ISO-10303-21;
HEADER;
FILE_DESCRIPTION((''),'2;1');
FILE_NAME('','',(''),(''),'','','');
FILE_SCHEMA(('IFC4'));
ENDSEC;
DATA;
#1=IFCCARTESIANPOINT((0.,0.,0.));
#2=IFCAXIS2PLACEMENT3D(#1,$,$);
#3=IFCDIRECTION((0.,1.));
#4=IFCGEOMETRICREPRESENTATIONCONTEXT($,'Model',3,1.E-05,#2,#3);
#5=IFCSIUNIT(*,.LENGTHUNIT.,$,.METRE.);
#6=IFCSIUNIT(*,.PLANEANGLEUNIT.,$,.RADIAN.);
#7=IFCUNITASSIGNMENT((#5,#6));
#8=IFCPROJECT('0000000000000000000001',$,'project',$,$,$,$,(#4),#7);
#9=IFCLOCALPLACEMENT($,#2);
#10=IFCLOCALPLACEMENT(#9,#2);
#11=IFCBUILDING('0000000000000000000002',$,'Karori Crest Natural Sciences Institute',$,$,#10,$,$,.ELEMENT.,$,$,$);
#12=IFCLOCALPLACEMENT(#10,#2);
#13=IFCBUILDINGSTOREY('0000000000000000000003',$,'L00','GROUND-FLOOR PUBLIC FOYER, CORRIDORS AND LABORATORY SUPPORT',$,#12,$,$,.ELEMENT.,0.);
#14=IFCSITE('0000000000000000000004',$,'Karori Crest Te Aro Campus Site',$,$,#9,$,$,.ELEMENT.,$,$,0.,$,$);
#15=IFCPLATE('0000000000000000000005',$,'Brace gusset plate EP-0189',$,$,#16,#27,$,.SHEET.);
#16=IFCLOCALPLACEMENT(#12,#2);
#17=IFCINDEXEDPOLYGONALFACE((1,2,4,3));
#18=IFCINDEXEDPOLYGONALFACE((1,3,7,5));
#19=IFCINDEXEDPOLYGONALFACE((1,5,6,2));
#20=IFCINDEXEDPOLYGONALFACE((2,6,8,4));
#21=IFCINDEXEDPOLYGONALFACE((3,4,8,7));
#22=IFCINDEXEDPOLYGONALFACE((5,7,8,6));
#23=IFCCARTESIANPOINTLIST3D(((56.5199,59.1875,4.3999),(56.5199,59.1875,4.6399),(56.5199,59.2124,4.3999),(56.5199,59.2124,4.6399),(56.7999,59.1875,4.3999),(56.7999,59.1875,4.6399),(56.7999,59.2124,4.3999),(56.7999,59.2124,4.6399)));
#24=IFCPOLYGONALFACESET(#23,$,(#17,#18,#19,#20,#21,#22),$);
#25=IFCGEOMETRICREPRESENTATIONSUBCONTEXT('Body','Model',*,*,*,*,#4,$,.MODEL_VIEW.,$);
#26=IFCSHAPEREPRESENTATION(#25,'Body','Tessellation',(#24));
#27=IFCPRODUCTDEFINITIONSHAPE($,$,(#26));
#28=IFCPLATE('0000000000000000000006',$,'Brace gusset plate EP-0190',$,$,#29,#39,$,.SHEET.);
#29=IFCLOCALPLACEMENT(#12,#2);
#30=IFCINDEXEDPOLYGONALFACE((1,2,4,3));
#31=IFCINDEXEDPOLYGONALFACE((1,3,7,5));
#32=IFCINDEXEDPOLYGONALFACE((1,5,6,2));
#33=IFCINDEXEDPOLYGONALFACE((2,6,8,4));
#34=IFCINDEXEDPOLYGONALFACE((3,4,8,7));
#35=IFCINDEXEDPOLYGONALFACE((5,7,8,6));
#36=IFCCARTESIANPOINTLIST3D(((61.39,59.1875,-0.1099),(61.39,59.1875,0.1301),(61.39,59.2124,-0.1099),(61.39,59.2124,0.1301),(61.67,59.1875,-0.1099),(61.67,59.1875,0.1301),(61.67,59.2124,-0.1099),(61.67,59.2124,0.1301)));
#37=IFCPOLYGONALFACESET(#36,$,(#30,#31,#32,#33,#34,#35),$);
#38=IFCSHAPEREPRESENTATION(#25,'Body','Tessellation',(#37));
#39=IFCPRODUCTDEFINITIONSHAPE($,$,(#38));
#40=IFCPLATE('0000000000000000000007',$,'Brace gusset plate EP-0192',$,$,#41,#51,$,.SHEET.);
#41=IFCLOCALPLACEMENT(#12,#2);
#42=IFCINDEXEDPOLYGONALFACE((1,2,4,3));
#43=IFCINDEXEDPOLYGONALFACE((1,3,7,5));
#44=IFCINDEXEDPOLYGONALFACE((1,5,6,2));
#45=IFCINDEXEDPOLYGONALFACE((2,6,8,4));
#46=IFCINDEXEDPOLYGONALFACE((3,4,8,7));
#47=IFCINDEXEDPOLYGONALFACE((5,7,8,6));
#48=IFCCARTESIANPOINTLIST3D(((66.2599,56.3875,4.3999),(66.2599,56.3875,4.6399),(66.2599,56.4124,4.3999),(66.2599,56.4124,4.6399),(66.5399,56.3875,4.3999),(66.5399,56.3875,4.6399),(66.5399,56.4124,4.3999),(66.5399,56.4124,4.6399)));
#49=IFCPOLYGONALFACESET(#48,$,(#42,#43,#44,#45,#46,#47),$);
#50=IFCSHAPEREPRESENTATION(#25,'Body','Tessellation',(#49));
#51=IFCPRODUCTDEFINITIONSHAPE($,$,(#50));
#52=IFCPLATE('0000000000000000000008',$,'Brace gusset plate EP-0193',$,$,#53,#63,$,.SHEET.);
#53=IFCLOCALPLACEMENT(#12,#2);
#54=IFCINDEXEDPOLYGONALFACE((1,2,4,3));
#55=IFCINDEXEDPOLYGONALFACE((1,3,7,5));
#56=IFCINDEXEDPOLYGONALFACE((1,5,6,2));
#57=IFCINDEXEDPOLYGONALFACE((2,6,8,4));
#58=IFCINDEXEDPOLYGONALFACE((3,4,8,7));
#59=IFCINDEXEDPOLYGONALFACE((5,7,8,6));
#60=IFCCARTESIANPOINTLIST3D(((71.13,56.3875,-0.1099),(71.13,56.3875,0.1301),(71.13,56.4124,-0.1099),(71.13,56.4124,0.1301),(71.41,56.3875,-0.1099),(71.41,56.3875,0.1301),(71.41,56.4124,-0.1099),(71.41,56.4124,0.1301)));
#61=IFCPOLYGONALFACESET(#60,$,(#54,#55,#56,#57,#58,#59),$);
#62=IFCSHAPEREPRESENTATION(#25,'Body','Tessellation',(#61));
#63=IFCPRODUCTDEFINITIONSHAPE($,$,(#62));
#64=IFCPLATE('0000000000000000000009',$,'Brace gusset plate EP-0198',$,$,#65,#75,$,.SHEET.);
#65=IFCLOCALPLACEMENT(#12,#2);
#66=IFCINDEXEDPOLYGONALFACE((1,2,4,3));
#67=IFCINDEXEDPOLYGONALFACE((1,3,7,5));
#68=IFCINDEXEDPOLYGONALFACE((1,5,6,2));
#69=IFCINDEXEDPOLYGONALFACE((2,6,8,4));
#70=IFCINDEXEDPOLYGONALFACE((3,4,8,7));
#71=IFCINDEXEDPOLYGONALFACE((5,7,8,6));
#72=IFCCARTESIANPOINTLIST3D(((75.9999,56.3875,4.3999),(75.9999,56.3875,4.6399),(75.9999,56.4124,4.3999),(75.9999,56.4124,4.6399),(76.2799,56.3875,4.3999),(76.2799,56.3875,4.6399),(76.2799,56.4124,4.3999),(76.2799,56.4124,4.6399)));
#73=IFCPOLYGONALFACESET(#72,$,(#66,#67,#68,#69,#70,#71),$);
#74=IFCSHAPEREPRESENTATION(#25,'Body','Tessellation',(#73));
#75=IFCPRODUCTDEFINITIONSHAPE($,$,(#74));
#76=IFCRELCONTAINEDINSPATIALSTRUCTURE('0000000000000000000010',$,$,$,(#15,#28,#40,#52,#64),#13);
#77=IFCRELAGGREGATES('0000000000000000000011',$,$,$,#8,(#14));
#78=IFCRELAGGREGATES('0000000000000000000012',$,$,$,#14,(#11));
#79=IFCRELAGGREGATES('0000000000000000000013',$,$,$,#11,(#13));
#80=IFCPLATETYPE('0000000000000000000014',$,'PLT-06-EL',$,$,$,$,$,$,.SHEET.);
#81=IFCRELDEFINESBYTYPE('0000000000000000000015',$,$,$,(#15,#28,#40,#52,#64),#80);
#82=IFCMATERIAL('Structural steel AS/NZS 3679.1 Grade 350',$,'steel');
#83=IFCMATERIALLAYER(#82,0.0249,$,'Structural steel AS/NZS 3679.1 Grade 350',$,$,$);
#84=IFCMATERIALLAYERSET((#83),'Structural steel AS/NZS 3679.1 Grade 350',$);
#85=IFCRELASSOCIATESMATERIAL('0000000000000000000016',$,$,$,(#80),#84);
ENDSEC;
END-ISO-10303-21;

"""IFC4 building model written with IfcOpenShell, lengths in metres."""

from ifc_helpers import new_model, si_unit, direction, frame, origin, origin_2d, place, context, subcontext, project, spatial, rectangle, extrude, material, layer, layer_set, type_object, element, save


model = new_model("IFC4")

# Units and contexts
model_context = context("Model", 3, precision=1e-05, world=origin(), true_north=direction((0.0, 1.0)))
body_context = subcontext(model_context, "Body", "Model", "MODEL_VIEW")
ifc_project = project(units=[si_unit("LENGTHUNIT", "METRE"), si_unit("PLANEANGLEUNIT", "RADIAN")], contexts=[model_context])

# Site, building, storey
site_placement = place(None, origin())
site = spatial("IfcSite", under=ifc_project, at=site_placement, Name="Karori Crest Te Aro Campus Site", CompositionType="ELEMENT", RefElevation=0.0)
building_placement = place(site_placement, origin())
building = spatial("IfcBuilding", under=site, at=building_placement, Name="Karori Crest Natural Sciences Institute", CompositionType="ELEMENT")
storey_placement = place(building_placement, origin())
storey = spatial("IfcBuildingStorey", under=building, at=storey_placement, Name="L00", Description="GROUND-FLOOR PUBLIC FOYER, CORRIDORS AND LABORATORY SUPPORT", CompositionType="ELEMENT", Elevation=0.0)

# Shared definitions
ifc_material_1 = material(Name="Structural steel AS/NZS 3679.1 Grade 350", Category="steel")

# Plates
ifc_layer = layer(ifc_material_1, 0.0249, Name="Structural steel AS/NZS 3679.1 Grade 350")
ifc_layer_set = layer_set([ifc_layer], Name="Structural steel AS/NZS 3679.1 Grade 350")
plate_type = type_object("IfcPlateType", Name="PLT-06-EL", PredefinedType="SHEET", material=ifc_layer_set)
for number, where, z_axis, x_axis, name in (
    (1, (56.6599, 59.2, 4.3999), (0.0, 0.0, 1.0), (1.0, 0.0, 0.0), "Brace gusset plate EP-0189"),
    (2, (61.53, 59.2, -0.1099), (0.0, 0.0, 1.0), (1.0, 0.0, 0.0), "Brace gusset plate EP-0190"),
    (3, (66.3999, 56.3999, 4.3999), (0.0, 0.0, 1.0), (1.0, 0.0, 0.0), "Brace gusset plate EP-0192"),
    (4, (71.27, 56.3999, -0.1099), (0.0, 0.0, 1.0), (1.0, 0.0, 0.0), "Brace gusset plate EP-0193"),
    (5, (76.1399, 56.3999, 4.3999), (0.0, 0.0, 1.0), (1.0, 0.0, 0.0), "Brace gusset plate EP-0198"),
):
    element("IfcPlate", number, at=place(storey_placement, frame(where, z_axis=z_axis, x_axis=x_axis)), inside=storey, type_object=plate_type, Name=name, PredefinedType="SHEET", context=body_context, shape_type="SweptSolid", body=[
        extrude(rectangle(XDim=0.28, YDim=0.0249, at=origin_2d()), origin(), (0.0, 0.0, 1.0), 0.24),
    ])

save(model, "model.ifc")
